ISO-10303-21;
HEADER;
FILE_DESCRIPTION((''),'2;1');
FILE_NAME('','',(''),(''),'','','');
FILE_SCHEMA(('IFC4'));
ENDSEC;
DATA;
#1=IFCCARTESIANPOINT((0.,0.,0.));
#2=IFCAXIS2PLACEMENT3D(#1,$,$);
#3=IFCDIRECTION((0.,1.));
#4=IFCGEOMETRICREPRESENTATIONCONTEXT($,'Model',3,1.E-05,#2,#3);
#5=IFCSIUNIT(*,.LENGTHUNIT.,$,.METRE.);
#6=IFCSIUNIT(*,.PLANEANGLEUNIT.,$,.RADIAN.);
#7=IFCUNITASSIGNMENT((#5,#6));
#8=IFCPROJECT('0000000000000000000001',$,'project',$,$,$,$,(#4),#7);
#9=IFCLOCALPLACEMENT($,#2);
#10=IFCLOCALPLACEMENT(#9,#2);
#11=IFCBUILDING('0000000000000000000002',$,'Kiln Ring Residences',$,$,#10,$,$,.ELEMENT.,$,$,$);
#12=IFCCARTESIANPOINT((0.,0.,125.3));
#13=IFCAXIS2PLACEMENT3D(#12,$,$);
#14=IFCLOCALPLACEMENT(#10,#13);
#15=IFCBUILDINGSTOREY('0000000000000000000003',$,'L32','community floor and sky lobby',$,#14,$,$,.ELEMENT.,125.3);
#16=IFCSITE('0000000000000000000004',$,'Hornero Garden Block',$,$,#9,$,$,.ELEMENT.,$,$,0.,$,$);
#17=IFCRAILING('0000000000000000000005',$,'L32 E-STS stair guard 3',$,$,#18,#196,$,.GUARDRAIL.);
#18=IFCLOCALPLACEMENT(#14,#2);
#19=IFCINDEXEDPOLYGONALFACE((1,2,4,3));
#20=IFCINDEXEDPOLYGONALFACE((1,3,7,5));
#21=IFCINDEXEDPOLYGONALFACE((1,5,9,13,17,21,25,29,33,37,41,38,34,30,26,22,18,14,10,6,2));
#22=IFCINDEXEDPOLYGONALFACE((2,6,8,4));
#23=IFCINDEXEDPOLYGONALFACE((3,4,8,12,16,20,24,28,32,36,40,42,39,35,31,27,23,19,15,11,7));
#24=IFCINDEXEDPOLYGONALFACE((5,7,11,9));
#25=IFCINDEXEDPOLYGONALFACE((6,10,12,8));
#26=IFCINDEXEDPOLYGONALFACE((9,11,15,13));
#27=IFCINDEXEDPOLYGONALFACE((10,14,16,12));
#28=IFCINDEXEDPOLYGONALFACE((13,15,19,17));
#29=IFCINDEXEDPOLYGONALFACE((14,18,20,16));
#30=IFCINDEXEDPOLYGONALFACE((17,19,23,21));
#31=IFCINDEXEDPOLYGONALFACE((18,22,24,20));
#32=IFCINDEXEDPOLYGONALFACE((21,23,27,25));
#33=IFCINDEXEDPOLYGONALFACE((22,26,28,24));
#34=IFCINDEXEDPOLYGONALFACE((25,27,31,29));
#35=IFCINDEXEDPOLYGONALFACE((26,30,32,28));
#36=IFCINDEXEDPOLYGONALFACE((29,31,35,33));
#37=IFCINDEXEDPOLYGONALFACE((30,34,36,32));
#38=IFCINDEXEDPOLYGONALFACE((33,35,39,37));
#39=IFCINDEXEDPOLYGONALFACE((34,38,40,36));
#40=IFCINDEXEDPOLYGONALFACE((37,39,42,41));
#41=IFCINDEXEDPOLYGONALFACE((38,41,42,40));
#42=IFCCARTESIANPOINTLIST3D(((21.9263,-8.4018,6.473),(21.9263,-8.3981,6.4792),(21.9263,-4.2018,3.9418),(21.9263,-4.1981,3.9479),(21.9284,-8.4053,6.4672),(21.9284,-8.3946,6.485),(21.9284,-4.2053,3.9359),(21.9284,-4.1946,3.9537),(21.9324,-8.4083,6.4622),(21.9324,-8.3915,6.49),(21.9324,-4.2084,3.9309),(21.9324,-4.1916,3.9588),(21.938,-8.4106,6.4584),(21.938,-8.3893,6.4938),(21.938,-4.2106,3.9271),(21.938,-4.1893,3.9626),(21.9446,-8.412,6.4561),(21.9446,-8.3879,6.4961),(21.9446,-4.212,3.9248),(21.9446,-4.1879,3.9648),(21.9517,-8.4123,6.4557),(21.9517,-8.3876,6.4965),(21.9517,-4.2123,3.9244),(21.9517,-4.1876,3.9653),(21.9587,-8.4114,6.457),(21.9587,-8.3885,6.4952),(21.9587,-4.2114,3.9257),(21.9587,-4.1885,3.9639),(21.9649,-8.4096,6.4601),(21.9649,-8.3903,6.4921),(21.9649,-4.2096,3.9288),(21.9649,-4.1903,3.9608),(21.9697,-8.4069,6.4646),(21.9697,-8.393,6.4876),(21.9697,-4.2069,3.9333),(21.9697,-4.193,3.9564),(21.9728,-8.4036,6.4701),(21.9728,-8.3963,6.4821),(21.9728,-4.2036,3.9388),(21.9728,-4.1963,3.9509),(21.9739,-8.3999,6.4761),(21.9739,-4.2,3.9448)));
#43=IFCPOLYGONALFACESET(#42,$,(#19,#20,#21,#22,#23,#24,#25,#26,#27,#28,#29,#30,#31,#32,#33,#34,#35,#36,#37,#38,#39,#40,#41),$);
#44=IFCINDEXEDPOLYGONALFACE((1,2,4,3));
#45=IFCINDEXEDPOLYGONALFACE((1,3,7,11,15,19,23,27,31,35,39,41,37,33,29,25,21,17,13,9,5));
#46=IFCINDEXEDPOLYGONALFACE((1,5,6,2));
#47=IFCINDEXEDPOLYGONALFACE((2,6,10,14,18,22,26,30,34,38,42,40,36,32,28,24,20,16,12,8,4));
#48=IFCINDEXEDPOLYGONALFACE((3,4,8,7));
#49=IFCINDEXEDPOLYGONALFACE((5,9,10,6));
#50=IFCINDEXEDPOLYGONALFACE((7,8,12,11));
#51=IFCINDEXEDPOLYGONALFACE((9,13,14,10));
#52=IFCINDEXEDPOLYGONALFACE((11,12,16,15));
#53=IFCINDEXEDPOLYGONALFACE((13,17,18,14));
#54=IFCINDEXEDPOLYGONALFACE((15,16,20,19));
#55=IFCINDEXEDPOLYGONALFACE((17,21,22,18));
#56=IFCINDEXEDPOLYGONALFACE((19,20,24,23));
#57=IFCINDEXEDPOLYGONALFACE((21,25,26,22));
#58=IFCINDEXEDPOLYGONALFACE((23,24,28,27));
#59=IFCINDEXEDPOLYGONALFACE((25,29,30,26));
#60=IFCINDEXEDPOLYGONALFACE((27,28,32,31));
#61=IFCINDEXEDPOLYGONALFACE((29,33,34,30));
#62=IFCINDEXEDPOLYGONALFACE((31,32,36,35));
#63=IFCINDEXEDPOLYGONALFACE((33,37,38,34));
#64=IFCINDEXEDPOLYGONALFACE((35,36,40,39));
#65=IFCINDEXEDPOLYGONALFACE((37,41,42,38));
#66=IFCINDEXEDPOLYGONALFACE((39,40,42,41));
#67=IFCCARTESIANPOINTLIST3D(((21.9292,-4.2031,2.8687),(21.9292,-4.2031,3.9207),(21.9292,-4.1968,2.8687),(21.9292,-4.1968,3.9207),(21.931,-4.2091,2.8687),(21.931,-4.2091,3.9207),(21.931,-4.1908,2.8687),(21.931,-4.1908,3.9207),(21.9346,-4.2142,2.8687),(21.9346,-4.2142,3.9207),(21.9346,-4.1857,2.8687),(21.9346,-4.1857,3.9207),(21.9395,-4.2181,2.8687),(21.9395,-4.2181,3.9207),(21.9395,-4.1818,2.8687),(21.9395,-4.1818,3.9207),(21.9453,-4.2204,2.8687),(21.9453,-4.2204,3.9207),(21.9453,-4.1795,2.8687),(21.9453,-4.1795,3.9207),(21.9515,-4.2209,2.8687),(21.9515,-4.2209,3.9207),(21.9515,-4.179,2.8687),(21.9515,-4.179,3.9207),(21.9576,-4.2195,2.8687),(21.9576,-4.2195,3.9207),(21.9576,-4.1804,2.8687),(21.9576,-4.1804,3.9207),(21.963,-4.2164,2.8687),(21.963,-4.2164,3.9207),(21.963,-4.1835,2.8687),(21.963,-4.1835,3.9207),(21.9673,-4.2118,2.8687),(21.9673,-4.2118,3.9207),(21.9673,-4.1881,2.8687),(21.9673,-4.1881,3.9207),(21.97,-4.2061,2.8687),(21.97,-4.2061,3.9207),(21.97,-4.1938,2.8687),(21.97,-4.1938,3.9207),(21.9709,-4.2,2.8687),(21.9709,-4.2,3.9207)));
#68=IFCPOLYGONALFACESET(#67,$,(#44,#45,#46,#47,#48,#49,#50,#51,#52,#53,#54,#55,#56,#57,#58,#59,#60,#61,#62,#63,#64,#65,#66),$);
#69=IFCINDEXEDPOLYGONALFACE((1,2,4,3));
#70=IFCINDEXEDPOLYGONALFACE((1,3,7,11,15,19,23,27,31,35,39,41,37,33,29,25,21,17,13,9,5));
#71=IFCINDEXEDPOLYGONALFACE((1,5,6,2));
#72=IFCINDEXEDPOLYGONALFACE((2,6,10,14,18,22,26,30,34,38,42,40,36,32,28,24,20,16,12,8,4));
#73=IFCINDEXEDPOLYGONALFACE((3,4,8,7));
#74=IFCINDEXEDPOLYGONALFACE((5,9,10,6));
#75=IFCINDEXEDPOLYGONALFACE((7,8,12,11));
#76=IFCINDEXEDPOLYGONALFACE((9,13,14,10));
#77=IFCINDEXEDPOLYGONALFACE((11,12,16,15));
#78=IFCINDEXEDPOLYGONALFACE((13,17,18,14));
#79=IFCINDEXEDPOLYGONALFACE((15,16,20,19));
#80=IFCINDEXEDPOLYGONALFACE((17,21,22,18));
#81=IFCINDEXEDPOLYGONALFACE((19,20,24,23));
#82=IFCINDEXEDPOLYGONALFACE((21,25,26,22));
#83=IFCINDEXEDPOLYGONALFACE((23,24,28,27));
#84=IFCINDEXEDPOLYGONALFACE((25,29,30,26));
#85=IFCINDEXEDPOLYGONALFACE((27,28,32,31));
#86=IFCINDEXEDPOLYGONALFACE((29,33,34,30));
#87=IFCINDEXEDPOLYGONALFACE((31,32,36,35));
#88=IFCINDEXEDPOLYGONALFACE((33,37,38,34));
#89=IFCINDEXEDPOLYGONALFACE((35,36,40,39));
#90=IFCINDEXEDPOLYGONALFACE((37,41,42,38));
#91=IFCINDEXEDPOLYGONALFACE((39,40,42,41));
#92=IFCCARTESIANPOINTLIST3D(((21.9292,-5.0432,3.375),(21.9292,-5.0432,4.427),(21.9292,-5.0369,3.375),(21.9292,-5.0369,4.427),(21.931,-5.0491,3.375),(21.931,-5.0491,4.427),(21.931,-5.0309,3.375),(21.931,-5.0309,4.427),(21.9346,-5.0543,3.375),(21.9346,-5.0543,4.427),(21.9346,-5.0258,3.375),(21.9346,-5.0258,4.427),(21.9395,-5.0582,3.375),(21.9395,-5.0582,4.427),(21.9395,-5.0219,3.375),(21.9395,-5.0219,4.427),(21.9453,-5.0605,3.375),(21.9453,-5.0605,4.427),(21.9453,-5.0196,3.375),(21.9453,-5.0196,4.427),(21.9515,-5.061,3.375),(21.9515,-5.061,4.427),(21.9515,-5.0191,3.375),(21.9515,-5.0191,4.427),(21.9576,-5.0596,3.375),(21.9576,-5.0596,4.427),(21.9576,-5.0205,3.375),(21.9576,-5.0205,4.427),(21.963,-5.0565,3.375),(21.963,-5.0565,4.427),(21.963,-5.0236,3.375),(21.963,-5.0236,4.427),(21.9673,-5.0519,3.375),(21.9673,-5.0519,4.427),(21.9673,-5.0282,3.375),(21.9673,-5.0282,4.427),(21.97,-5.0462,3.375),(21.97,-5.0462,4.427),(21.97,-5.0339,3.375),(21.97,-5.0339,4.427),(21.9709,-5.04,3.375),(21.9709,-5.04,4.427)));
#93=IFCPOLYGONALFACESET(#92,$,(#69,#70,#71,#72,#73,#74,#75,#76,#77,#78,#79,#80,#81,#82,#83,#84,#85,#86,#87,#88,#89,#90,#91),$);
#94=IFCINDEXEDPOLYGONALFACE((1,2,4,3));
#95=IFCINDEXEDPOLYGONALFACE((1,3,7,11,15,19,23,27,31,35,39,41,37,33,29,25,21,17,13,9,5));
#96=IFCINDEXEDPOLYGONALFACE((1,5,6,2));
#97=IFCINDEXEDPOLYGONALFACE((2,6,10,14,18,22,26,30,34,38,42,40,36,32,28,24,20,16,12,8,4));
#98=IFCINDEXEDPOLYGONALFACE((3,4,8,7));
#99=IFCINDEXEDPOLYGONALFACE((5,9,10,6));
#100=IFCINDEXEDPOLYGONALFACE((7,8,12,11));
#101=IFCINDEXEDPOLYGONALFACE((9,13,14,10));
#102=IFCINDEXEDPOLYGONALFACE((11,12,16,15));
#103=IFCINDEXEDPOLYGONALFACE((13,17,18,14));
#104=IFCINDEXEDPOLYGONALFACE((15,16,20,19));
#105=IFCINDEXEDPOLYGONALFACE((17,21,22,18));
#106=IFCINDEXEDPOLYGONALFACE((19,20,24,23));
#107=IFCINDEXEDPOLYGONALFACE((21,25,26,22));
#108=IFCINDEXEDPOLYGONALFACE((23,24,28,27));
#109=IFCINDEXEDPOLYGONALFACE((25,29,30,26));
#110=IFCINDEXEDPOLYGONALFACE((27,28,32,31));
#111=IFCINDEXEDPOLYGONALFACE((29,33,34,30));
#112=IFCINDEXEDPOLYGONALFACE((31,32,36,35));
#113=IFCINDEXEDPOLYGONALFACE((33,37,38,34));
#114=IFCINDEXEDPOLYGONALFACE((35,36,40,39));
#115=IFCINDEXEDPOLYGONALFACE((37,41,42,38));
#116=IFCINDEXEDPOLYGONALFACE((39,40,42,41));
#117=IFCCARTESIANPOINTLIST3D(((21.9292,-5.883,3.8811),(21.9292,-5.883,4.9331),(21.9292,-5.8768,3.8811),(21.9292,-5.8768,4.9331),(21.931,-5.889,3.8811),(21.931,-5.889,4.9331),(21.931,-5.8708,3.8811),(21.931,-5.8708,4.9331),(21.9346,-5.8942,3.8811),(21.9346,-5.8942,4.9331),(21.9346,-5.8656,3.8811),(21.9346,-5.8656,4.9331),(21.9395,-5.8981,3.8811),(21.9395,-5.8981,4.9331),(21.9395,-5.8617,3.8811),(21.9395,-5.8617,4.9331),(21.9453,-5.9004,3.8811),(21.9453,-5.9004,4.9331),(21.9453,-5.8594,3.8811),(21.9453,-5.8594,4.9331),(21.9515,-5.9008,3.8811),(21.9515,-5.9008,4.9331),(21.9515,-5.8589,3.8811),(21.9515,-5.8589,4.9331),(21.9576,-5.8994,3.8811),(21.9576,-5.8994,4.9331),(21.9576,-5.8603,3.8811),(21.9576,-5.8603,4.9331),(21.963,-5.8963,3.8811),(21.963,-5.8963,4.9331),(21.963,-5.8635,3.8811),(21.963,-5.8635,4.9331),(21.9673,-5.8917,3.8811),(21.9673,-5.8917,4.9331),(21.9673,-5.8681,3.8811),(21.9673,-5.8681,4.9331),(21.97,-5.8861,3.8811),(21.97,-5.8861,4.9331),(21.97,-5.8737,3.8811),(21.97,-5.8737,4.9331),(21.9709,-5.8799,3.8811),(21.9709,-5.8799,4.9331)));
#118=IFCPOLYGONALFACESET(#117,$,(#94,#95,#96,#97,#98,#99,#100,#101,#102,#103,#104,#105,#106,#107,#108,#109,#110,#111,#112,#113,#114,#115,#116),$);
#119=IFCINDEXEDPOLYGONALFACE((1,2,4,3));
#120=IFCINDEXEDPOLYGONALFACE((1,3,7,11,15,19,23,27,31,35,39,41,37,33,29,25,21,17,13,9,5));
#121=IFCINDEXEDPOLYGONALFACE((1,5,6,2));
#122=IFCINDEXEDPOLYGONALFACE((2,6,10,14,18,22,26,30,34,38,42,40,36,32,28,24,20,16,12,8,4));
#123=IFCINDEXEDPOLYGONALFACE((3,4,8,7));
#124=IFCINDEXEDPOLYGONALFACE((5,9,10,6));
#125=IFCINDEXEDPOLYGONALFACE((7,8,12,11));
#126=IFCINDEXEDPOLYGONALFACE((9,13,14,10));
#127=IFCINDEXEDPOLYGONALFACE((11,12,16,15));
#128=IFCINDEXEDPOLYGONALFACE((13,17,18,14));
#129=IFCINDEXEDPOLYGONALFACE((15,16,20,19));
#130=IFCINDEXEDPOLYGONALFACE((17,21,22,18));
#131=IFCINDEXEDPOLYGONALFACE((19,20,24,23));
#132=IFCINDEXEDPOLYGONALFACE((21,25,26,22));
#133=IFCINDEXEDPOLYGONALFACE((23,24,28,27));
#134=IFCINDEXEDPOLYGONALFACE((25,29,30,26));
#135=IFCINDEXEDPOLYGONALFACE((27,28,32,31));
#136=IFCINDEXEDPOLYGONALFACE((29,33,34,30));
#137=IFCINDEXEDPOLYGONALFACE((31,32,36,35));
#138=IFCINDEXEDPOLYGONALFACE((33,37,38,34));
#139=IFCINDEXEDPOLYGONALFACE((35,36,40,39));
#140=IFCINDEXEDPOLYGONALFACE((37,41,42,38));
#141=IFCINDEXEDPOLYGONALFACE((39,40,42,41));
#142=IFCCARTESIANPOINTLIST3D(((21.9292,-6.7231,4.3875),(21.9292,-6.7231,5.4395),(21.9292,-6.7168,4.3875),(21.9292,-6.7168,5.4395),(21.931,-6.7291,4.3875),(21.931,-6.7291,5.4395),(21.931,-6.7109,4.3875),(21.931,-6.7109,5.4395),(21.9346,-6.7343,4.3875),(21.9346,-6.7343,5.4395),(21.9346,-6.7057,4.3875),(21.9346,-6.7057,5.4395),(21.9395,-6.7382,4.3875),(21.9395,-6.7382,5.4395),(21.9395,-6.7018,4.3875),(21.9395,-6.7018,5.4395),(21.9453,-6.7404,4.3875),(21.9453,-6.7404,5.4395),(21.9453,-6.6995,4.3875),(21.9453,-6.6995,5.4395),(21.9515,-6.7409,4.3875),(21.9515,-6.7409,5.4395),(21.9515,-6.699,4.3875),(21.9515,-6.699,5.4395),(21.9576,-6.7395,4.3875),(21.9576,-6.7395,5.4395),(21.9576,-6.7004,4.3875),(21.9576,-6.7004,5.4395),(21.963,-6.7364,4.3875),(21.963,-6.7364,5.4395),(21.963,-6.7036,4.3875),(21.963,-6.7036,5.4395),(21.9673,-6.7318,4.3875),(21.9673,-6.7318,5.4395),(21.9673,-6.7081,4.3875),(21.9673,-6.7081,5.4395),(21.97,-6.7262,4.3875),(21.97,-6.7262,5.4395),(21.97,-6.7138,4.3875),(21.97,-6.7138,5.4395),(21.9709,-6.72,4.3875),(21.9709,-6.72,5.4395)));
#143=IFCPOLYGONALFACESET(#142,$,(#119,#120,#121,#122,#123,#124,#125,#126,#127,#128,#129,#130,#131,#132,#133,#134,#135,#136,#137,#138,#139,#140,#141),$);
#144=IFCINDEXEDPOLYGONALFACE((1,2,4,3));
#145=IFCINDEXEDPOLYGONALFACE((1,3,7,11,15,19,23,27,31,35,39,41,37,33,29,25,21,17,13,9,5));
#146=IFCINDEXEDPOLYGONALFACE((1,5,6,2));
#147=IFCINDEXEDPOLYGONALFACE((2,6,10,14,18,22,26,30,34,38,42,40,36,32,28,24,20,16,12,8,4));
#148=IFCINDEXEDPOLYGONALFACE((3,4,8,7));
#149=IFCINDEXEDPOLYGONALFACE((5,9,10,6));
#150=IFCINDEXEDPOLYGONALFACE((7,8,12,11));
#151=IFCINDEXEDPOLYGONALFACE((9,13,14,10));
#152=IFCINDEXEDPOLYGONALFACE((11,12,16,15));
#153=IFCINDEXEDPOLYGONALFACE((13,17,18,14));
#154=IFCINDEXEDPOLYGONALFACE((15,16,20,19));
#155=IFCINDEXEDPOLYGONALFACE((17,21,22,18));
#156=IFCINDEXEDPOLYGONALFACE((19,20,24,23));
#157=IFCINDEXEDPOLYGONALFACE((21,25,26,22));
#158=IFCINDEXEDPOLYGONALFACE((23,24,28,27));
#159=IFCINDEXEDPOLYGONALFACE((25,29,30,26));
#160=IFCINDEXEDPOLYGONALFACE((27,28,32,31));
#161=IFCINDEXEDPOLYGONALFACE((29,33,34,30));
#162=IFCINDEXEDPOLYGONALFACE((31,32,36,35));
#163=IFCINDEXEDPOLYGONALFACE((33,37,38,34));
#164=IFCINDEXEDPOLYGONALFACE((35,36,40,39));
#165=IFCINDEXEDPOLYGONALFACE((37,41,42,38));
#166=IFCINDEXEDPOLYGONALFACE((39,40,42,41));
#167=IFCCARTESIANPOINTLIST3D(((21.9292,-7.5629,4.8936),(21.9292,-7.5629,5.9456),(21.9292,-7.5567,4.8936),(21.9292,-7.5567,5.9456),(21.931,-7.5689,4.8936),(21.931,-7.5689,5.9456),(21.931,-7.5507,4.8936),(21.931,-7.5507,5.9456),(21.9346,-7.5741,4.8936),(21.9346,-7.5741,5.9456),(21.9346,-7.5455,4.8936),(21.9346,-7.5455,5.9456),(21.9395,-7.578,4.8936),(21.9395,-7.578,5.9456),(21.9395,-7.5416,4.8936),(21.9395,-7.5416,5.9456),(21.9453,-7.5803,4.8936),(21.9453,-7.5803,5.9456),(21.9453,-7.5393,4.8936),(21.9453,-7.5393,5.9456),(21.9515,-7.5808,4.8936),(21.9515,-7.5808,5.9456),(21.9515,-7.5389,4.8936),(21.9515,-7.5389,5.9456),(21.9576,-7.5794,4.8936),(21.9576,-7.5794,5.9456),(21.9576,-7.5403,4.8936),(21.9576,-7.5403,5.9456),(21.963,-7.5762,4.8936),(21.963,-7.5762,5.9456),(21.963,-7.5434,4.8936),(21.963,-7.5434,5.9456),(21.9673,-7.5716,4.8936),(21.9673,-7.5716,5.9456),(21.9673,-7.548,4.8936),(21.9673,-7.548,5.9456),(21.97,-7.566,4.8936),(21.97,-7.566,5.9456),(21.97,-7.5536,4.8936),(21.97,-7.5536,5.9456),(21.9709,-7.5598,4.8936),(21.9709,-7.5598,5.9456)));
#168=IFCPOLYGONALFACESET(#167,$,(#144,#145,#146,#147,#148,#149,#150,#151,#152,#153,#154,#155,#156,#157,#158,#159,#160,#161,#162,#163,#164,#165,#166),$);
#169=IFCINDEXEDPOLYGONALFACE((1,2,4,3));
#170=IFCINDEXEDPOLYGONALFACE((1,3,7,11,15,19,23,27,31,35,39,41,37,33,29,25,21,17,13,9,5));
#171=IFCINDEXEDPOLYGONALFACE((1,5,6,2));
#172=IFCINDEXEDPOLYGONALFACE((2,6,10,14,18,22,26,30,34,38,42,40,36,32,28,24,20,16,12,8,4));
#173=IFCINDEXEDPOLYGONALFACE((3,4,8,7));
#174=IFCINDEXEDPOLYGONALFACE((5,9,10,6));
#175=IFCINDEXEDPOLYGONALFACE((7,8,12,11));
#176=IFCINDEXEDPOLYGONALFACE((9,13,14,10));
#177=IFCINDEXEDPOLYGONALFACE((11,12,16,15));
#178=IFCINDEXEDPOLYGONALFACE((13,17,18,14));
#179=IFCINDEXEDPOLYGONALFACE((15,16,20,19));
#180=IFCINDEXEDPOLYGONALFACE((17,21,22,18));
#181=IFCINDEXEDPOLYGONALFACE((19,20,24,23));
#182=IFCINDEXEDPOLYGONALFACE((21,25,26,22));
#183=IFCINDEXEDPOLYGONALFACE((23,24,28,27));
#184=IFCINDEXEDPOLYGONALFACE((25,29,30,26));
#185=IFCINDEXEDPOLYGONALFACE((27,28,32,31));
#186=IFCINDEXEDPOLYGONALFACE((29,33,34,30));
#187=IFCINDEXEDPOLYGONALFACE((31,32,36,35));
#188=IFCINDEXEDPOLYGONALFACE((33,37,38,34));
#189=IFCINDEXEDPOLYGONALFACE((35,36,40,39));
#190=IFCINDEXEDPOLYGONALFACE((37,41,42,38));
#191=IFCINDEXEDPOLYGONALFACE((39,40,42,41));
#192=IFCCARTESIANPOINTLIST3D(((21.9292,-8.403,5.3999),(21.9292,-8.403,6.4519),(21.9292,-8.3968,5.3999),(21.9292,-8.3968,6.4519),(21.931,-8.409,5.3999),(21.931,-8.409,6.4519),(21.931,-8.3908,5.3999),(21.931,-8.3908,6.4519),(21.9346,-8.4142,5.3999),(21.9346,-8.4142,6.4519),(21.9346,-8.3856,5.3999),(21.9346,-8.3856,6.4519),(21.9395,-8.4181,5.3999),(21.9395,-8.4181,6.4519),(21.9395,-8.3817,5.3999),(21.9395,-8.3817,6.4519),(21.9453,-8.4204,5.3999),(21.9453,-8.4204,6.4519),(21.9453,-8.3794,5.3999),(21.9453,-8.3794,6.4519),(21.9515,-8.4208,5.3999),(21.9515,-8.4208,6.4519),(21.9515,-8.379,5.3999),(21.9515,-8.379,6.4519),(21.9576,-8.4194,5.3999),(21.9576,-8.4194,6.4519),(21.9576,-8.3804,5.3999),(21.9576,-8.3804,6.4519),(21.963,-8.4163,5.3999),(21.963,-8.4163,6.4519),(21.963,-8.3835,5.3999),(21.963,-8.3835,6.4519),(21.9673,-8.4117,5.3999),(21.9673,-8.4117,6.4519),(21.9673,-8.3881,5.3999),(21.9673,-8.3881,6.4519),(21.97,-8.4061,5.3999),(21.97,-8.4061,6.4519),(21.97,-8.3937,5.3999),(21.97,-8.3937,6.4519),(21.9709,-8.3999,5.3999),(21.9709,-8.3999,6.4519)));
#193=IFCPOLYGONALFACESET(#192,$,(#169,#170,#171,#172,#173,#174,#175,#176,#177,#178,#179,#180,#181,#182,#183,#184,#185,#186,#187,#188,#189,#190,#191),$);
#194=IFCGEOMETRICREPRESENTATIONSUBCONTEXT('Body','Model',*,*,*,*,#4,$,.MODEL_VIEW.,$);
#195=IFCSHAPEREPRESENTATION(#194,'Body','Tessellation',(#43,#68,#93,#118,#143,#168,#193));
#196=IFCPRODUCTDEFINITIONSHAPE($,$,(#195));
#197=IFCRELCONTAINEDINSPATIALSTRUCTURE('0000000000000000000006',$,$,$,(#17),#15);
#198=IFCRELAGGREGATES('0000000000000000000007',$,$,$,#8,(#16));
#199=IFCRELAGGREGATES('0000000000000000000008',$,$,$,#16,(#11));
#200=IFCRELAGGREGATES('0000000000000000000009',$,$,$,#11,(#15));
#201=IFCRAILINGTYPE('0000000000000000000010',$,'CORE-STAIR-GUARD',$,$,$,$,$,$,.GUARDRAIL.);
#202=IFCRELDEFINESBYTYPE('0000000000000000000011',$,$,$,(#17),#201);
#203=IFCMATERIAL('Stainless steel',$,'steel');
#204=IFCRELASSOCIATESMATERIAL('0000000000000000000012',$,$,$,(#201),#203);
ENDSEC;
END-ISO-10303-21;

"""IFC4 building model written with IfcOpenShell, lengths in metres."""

from ifc_helpers import new_model, si_unit, direction, frame, origin, origin_2d, place, context, subcontext, project, spatial, circle, extrude, material, type_object, element, save


model = new_model("IFC4")

# Units and contexts
model_context = context("Model", 3, precision=1e-05, world=origin(), true_north=direction((0.0, 1.0)))
body_context = subcontext(model_context, "Body", "Model", "MODEL_VIEW")
ifc_project = project(units=[si_unit("LENGTHUNIT", "METRE"), si_unit("PLANEANGLEUNIT", "RADIAN")], contexts=[model_context])

# Site, building, storey
site_placement = place(None, origin())
site = spatial("IfcSite", under=ifc_project, at=site_placement, Name="Hornero Garden Block", CompositionType="ELEMENT", RefElevation=0.0)
building_placement = place(site_placement, origin())
building = spatial("IfcBuilding", under=site, at=building_placement, Name="Kiln Ring Residences", CompositionType="ELEMENT")
storey_placement = place(building_placement, frame((0.0, 0.0, 125.3)))
storey = spatial("IfcBuildingStorey", under=building, at=storey_placement, Name="L32", Description="community floor and sky lobby", CompositionType="ELEMENT", Elevation=125.3)

# Railing
ifc_material_1 = material(Name="Stainless steel", Category="steel")
railing_type_1 = type_object("IfcRailingType", Name="CORE-STAIR-GUARD", PredefinedType="GUARDRAIL", material=ifc_material_1)
railing_1_placement = place(storey_placement, frame((21.95, -4.2, 2.8687)))
element("IfcRailing", 1, at=railing_1_placement, inside=storey, type_object=railing_type_1, Name="L32 E-STS stair guard 3", PredefinedType="GUARDRAIL", context=body_context, shape_type="SweptSolid", body=[
    extrude(circle(Radius=0.0239, at=origin_2d()), frame((0.0, 0.0, 1.0762), z_axis=(0.0, -0.856476, 0.516186), x_axis=(1.0, 0.0, 0.0)), (0.0, 0.0, 1.0), 4.9038),
    extrude(circle(Radius=0.021, at=origin_2d()), origin(), (0.0, 0.0, 1.0), 1.052),
    extrude(circle(Radius=0.021, at=origin_2d()), frame((0.0, -0.8401, 0.5063)), (0.0, 0.0, 1.0), 1.052),
    extrude(circle(Radius=0.021, at=origin_2d()), frame((0.0, -1.6799, 1.0125)), (0.0, 0.0, 1.0), 1.052),
    extrude(circle(Radius=0.021, at=origin_2d()), frame((0.0, -2.52, 1.5188)), (0.0, 0.0, 1.0), 1.052),
    extrude(circle(Radius=0.021, at=origin_2d()), frame((0.0, -3.3599, 2.0249)), (0.0, 0.0, 1.0), 1.052),
    extrude(circle(Radius=0.021, at=origin_2d()), frame((0.0, -4.2, 2.5312)), (0.0, 0.0, 1.0), 1.052),
])

save(model, "model.ifc")
